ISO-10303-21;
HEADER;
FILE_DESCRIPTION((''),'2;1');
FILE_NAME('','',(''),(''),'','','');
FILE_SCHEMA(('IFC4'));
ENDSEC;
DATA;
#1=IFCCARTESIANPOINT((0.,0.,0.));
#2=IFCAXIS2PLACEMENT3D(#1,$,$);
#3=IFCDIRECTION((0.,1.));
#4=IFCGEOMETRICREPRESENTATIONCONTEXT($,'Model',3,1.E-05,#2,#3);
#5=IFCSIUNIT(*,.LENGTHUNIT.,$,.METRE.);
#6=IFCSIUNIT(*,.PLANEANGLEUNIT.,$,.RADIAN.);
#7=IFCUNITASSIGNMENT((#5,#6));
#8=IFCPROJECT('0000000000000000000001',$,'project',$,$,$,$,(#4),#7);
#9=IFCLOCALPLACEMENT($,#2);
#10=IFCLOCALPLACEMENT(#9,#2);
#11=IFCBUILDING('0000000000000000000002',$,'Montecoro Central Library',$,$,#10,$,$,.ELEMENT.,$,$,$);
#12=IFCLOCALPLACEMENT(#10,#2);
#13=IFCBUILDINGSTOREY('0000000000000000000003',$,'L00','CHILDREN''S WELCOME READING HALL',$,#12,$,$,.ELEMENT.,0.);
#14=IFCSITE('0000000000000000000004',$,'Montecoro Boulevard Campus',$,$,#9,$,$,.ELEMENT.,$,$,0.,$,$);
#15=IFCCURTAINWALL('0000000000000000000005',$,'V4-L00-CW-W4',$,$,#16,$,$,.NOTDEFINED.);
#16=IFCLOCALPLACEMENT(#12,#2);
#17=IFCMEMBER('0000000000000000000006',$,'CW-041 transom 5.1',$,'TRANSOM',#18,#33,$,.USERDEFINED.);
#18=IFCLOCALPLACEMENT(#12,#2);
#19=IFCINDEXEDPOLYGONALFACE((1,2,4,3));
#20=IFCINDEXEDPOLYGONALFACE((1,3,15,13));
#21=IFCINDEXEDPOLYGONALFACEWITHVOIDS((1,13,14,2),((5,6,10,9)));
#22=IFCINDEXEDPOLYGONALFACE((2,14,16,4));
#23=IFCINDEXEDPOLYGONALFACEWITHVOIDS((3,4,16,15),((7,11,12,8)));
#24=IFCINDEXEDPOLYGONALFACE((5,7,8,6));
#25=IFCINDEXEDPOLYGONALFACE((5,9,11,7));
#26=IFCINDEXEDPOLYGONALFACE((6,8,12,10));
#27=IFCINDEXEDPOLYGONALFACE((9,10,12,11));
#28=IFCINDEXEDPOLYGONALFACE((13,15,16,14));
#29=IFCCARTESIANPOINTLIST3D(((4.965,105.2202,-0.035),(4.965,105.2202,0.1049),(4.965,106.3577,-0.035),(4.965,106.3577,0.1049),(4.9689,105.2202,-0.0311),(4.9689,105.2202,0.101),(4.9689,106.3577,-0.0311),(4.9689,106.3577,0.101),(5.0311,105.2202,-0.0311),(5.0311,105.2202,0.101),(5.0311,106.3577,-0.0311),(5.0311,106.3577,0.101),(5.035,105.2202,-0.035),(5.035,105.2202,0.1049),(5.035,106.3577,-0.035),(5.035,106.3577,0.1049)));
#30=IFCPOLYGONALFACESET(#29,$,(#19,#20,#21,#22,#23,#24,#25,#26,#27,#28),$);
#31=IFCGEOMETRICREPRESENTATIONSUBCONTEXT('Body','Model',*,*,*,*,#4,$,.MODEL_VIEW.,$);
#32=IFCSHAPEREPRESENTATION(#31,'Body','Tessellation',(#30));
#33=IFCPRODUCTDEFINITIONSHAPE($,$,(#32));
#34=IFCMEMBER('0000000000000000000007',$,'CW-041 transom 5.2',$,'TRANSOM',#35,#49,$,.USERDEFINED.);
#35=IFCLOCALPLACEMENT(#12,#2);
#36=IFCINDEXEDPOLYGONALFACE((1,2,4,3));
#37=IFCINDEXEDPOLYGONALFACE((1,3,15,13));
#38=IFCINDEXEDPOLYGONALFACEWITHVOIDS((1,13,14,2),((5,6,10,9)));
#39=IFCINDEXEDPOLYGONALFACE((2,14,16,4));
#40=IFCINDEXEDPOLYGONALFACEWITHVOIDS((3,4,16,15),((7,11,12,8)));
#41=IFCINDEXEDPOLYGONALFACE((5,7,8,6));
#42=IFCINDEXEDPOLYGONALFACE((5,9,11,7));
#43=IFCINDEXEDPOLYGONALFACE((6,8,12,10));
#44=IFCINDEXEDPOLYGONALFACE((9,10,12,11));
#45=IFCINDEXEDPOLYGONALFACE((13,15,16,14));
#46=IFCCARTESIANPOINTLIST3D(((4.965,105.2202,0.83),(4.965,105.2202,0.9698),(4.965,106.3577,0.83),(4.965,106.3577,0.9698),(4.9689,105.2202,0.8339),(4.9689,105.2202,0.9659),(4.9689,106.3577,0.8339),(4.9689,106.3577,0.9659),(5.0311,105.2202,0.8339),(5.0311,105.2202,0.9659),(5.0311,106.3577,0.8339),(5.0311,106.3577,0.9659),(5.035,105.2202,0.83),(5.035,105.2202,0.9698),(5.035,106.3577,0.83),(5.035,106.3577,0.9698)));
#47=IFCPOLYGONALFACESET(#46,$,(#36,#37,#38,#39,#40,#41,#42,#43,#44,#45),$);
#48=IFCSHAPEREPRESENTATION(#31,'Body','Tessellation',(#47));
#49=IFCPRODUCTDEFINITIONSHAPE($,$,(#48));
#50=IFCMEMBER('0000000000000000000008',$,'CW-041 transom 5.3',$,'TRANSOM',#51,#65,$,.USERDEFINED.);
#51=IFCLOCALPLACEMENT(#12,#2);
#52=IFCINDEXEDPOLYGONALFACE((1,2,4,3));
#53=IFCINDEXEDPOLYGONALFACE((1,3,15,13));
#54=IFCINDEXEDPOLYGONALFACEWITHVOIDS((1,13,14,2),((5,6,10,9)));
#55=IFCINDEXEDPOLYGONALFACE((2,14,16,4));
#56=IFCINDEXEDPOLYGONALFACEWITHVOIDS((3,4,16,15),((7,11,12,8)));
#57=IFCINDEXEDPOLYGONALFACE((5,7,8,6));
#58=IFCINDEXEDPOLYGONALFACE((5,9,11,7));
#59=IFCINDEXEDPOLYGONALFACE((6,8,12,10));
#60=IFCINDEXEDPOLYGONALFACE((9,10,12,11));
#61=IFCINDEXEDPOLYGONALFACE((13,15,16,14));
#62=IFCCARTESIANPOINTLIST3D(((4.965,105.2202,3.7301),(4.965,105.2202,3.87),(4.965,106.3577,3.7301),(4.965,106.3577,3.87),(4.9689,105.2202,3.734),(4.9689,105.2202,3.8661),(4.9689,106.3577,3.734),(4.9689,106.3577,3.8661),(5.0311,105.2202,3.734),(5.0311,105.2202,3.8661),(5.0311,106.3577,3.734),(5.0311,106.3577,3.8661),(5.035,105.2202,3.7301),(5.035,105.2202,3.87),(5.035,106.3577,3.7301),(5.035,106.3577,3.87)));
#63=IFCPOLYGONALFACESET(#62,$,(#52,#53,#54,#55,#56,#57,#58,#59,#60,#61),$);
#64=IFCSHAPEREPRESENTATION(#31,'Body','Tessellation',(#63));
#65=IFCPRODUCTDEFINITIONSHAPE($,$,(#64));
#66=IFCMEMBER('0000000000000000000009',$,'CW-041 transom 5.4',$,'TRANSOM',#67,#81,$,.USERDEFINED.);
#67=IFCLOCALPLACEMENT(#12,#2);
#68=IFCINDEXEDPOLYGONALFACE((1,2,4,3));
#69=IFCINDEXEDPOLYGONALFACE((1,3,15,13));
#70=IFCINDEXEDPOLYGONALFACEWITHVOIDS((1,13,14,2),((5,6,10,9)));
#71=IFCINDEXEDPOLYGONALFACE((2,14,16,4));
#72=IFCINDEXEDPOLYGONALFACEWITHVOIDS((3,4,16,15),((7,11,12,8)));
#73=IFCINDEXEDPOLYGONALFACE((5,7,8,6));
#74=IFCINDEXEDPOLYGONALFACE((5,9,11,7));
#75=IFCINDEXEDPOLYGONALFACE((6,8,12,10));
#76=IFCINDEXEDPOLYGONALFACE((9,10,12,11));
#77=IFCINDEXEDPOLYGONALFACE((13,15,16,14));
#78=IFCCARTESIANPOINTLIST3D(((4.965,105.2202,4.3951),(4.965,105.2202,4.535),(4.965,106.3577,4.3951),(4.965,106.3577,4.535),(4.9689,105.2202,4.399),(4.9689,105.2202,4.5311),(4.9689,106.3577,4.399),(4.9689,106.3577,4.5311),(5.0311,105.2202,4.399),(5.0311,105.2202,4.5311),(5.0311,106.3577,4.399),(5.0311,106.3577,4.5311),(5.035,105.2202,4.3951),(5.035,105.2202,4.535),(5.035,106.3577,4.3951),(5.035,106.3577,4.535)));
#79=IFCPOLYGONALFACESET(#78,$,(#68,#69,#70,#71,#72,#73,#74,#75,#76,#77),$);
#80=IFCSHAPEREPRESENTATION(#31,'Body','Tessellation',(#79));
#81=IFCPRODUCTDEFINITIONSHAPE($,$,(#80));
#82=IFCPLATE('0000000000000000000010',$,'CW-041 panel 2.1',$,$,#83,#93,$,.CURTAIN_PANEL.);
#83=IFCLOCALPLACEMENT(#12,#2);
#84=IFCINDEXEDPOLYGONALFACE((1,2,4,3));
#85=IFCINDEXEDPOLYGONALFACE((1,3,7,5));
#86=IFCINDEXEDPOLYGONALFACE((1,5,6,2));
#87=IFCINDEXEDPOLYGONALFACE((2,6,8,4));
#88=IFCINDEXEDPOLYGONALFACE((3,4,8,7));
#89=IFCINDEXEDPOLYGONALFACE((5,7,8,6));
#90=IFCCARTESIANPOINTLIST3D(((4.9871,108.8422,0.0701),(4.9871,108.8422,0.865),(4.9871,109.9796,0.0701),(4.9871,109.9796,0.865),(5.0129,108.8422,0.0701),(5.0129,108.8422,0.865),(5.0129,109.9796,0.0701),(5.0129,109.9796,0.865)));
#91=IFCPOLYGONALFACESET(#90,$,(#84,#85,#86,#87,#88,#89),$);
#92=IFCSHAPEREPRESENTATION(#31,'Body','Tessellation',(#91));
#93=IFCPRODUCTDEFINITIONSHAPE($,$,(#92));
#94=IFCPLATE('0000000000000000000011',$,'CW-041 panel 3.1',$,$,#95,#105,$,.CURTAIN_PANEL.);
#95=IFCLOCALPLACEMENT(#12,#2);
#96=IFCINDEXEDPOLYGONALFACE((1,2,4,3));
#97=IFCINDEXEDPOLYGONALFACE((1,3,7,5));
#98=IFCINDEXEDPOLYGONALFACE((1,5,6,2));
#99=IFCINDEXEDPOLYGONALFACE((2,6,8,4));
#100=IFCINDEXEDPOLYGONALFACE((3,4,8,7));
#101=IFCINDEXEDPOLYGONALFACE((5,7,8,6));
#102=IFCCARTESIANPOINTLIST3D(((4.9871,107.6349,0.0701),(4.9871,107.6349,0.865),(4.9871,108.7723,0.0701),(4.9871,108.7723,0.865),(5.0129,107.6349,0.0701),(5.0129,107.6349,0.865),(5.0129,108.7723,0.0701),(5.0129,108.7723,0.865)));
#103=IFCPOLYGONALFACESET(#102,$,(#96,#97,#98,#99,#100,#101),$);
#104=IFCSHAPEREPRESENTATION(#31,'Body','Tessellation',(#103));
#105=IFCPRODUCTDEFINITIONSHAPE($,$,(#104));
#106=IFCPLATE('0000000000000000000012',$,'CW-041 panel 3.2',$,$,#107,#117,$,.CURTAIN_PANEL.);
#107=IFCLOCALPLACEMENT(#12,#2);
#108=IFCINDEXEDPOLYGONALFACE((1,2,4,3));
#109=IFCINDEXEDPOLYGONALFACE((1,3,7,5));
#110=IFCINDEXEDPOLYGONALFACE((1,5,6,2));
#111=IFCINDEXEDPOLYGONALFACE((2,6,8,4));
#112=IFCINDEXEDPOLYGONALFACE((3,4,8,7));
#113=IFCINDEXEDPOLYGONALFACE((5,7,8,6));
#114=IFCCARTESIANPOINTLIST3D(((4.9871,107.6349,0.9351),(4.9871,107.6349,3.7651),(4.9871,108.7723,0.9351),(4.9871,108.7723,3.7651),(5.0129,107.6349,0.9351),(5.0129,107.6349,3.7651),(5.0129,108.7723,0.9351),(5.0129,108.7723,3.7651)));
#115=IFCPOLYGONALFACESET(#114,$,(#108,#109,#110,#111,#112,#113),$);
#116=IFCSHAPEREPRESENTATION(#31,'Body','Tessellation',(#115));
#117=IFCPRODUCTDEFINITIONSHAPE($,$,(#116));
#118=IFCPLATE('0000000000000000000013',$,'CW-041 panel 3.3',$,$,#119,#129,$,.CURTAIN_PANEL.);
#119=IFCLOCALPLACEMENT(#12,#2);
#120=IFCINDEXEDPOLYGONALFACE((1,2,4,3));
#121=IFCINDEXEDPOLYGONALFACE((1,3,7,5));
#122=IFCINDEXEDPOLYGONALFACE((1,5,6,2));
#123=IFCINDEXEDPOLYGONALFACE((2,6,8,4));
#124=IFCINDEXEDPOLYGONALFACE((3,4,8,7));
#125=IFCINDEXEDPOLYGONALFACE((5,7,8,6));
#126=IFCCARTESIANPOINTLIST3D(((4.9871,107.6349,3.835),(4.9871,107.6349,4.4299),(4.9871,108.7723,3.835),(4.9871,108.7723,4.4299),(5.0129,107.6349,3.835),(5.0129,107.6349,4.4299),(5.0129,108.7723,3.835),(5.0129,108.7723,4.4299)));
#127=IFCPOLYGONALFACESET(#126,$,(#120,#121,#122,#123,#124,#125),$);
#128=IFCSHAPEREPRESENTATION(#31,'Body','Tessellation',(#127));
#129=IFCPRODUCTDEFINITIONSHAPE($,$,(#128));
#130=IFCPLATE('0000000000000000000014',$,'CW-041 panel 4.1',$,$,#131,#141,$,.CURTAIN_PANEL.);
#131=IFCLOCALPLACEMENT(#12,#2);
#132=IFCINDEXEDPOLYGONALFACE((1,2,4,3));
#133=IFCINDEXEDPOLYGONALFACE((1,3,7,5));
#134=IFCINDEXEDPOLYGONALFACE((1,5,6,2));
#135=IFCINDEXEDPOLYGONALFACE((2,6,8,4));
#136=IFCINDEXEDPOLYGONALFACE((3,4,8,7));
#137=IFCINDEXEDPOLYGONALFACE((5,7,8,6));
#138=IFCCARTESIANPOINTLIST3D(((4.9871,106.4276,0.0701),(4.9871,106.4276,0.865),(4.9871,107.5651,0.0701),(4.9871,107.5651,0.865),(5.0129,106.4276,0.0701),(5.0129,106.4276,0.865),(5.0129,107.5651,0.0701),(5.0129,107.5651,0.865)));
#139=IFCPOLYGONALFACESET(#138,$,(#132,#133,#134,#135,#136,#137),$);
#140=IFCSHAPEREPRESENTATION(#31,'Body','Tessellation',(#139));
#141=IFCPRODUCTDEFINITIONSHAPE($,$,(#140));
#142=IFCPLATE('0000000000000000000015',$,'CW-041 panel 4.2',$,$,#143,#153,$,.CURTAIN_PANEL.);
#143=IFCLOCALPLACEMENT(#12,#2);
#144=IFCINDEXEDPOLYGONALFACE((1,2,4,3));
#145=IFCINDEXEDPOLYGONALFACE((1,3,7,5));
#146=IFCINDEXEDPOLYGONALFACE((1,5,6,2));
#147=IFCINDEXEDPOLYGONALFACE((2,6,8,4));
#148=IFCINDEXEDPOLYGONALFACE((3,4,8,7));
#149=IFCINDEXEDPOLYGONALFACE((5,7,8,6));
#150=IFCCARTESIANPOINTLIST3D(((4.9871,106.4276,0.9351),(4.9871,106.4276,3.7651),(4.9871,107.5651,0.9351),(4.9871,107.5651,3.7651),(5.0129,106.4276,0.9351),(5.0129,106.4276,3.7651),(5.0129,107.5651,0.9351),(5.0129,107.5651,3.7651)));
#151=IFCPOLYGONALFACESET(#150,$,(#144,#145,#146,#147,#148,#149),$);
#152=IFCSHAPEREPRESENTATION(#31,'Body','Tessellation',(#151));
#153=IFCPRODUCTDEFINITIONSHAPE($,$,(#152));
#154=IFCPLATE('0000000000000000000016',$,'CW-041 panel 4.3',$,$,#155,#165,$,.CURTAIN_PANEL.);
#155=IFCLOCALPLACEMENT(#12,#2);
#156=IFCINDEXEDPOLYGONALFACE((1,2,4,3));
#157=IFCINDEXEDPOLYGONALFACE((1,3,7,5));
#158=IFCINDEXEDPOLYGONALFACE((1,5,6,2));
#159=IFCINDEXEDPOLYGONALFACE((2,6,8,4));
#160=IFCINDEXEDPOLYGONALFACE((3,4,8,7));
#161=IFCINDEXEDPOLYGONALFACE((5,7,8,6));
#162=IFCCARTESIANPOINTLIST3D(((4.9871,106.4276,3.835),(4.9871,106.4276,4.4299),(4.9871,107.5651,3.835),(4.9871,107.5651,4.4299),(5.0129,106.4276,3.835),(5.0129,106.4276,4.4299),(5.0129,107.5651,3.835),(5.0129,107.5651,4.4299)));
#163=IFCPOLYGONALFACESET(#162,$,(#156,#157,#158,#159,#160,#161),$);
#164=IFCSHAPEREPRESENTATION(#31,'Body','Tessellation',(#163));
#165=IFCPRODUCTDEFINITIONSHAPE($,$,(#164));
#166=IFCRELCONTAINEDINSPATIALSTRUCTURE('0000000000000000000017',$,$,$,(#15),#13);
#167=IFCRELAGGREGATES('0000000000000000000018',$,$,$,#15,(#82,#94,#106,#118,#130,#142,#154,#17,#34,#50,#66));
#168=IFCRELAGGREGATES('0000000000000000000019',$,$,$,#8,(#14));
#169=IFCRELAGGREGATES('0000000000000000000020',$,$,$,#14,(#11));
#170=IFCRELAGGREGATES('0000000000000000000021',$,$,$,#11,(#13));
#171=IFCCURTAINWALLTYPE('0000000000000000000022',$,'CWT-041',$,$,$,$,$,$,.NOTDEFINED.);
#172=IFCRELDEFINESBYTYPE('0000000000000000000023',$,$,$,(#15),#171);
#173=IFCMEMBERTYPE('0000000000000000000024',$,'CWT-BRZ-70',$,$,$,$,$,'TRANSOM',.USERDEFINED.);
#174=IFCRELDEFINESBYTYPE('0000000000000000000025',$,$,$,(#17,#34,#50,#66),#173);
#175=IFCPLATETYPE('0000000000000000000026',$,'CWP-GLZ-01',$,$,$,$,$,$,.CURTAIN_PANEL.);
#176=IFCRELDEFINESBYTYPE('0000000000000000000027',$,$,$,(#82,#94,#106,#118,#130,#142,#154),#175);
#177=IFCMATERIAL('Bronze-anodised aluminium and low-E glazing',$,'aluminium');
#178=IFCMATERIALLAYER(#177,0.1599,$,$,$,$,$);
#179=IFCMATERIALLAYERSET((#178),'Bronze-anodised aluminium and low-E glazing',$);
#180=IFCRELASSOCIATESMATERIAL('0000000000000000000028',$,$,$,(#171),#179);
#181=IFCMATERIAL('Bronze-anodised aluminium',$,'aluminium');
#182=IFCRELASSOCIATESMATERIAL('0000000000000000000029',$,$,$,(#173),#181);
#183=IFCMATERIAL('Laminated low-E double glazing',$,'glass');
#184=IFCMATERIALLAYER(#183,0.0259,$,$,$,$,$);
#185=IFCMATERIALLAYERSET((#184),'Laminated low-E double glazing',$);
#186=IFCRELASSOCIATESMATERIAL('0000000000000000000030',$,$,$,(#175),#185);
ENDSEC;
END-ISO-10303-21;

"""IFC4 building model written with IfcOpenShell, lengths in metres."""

from ifc_helpers import new_model, si_unit, direction, frame, origin, origin_2d, place, context, subcontext, project, spatial, rectangle, hollow_rectangle, extrude, material, layer, layer_set, material_profile, profile_set, type_object, element, aggregate, save


model = new_model("IFC4")

# Units and contexts
model_context = context("Model", 3, precision=1e-05, world=origin(), true_north=direction((0.0, 1.0)))
body_context = subcontext(model_context, "Body", "Model", "MODEL_VIEW")
ifc_project = project(units=[si_unit("LENGTHUNIT", "METRE"), si_unit("PLANEANGLEUNIT", "RADIAN")], contexts=[model_context])

# Site, building, storey
site_placement = place(None, origin())
site = spatial("IfcSite", under=ifc_project, at=site_placement, Name="Montecoro Boulevard Campus", CompositionType="ELEMENT", RefElevation=0.0)
building_placement = place(site_placement, origin())
building = spatial("IfcBuilding", under=site, at=building_placement, Name="Montecoro Central Library", CompositionType="ELEMENT")
storey_placement = place(building_placement, origin())
storey = spatial("IfcBuildingStorey", under=building, at=storey_placement, Name="L00", Description="CHILDREN'S WELCOME READING HALL", CompositionType="ELEMENT", Elevation=0.0)

# Curtain wall, members, plates
ifc_material_1 = material(Name="Bronze-anodised aluminium and low-E glazing", Category="aluminium")
ifc_layer_1 = layer(ifc_material_1, 0.1599)
ifc_layer_set_1 = layer_set([ifc_layer_1], Name="Bronze-anodised aluminium and low-E glazing")
curtain_wall_type = type_object("IfcCurtainWallType", Name="CWT-041", PredefinedType="NOTDEFINED", material=ifc_layer_set_1)
curtain_wall_placement = place(storey_placement, origin())
curtain_wall = element("IfcCurtainWall", 1, at=curtain_wall_placement, inside=storey, type_object=curtain_wall_type, Name="V4-L00-CW-W4", PredefinedType="NOTDEFINED")
ifc_material_2 = material(Name="Bronze-anodised aluminium", Category="aluminium")
ifc_material_profile_1 = material_profile(ifc_material_2, hollow_rectangle(XDim=0.0701, YDim=0.1399, WallThickness=0.0039, at=origin_2d()), Name="CWT 140x70x4.0")
ifc_profile_set_1 = profile_set([ifc_material_profile_1], Name="Bronze-anodised aluminium")
member_type_1 = type_object("IfcMemberType", Name="CWT-BRZ-70", ElementType="TRANSOM", PredefinedType="USERDEFINED", material=ifc_profile_set_1)
member_1_placement = place(storey_placement, frame((5.0, 106.3577, 0.0349), z_axis=(0.0, -1.0, 0.0), x_axis=(1.0, 0.0, 0.0)))
member_1 = element("IfcMember", 2, at=member_1_placement, type_object=member_type_1, Name="CW-041 transom 5.1", ObjectType="TRANSOM", PredefinedType="USERDEFINED", context=body_context, shape_type="SweptSolid", body=[
    extrude(hollow_rectangle(XDim=0.0701, YDim=0.1399, WallThickness=0.0039, at=origin_2d()), origin(), (0.0, 0.0, 1.0), 1.1375),
])
member_2_placement = place(storey_placement, frame((5.0, 106.3577, 0.8999), z_axis=(0.0, -1.0, 0.0), x_axis=(1.0, 0.0, 0.0)))
member_2 = element("IfcMember", 3, at=member_2_placement, type_object=member_type_1, Name="CW-041 transom 5.2", ObjectType="TRANSOM", PredefinedType="USERDEFINED", context=body_context, shape_type="SweptSolid", body=[
    extrude(hollow_rectangle(XDim=0.0701, YDim=0.1399, WallThickness=0.0039, at=origin_2d()), origin(), (0.0, 0.0, 1.0), 1.1375),
])
member_3_placement = place(storey_placement, frame((5.0, 106.3577, 3.8), z_axis=(0.0, -1.0, 0.0), x_axis=(1.0, 0.0, 0.0)))
member_3 = element("IfcMember", 4, at=member_3_placement, type_object=member_type_1, Name="CW-041 transom 5.3", ObjectType="TRANSOM", PredefinedType="USERDEFINED", context=body_context, shape_type="SweptSolid", body=[
    extrude(hollow_rectangle(XDim=0.0701, YDim=0.1399, WallThickness=0.0039, at=origin_2d()), origin(), (0.0, 0.0, 1.0), 1.1375),
])
member_4_placement = place(storey_placement, frame((5.0, 106.3577, 4.4651), z_axis=(0.0, -1.0, 0.0), x_axis=(1.0, 0.0, 0.0)))
member_4 = element("IfcMember", 5, at=member_4_placement, type_object=member_type_1, Name="CW-041 transom 5.4", ObjectType="TRANSOM", PredefinedType="USERDEFINED", context=body_context, shape_type="SweptSolid", body=[
    extrude(hollow_rectangle(XDim=0.0701, YDim=0.1399, WallThickness=0.0039, at=origin_2d()), origin(), (0.0, 0.0, 1.0), 1.1375),
])
ifc_material_3 = material(Name="Laminated low-E double glazing", Category="glass")
ifc_layer_2 = layer(ifc_material_3, 0.0259)
ifc_layer_set_2 = layer_set([ifc_layer_2], Name="Laminated low-E double glazing")
plate_type = type_object("IfcPlateType", Name="CWP-GLZ-01", PredefinedType="CURTAIN_PANEL", material=ifc_layer_set_2)
plate_1_placement = place(storey_placement, frame((5.0, 109.4109, 0.0701), z_axis=(0.0, 0.0, 1.0), x_axis=(0.0, -1.0, 0.0)))
plate_1 = element("IfcPlate", 6, at=plate_1_placement, type_object=plate_type, Name="CW-041 panel 2.1", PredefinedType="CURTAIN_PANEL", context=body_context, shape_type="SweptSolid", body=[
    extrude(rectangle(XDim=1.1375, YDim=0.0259, at=origin_2d()), origin(), (0.0, 0.0, 1.0), 0.7949),
])
plate_2_placement = place(storey_placement, frame((5.0, 108.2036, 0.0701), z_axis=(0.0, 0.0, 1.0), x_axis=(0.0, -1.0, 0.0)))
plate_2 = element("IfcPlate", 7, at=plate_2_placement, type_object=plate_type, Name="CW-041 panel 3.1", PredefinedType="CURTAIN_PANEL", context=body_context, shape_type="SweptSolid", body=[
    extrude(rectangle(XDim=1.1375, YDim=0.0259, at=origin_2d()), origin(), (0.0, 0.0, 1.0), 0.7949),
])
plate_3_placement = place(storey_placement, frame((5.0, 108.2036, 0.9351), z_axis=(0.0, 0.0, 1.0), x_axis=(0.0, -1.0, 0.0)))
plate_3 = element("IfcPlate", 8, at=plate_3_placement, type_object=plate_type, Name="CW-041 panel 3.2", PredefinedType="CURTAIN_PANEL", context=body_context, shape_type="SweptSolid", body=[
    extrude(rectangle(XDim=1.1375, YDim=0.0259, at=origin_2d()), origin(), (0.0, 0.0, 1.0), 2.8301),
])
plate_4_placement = place(storey_placement, frame((5.0, 108.2036, 3.835), z_axis=(0.0, 0.0, 1.0), x_axis=(0.0, -1.0, 0.0)))
plate_4 = element("IfcPlate", 9, at=plate_4_placement, type_object=plate_type, Name="CW-041 panel 3.3", PredefinedType="CURTAIN_PANEL", context=body_context, shape_type="SweptSolid", body=[
    extrude(rectangle(XDim=1.1375, YDim=0.0259, at=origin_2d()), origin(), (0.0, 0.0, 1.0), 0.595),
])
plate_5_placement = place(storey_placement, frame((5.0, 106.9963, 0.0701), z_axis=(0.0, 0.0, 1.0), x_axis=(0.0, -1.0, 0.0)))
plate_5 = element("IfcPlate", 10, at=plate_5_placement, type_object=plate_type, Name="CW-041 panel 4.1", PredefinedType="CURTAIN_PANEL", context=body_context, shape_type="SweptSolid", body=[
    extrude(rectangle(XDim=1.1375, YDim=0.0259, at=origin_2d()), origin(), (0.0, 0.0, 1.0), 0.7949),
])
plate_6_placement = place(storey_placement, frame((5.0, 106.9963, 0.9351), z_axis=(0.0, 0.0, 1.0), x_axis=(0.0, -1.0, 0.0)))
plate_6 = element("IfcPlate", 11, at=plate_6_placement, type_object=plate_type, Name="CW-041 panel 4.2", PredefinedType="CURTAIN_PANEL", context=body_context, shape_type="SweptSolid", body=[
    extrude(rectangle(XDim=1.1375, YDim=0.0259, at=origin_2d()), origin(), (0.0, 0.0, 1.0), 2.8301),
])
plate_7_placement = place(storey_placement, frame((5.0, 106.9963, 3.835), z_axis=(0.0, 0.0, 1.0), x_axis=(0.0, -1.0, 0.0)))
plate_7 = element("IfcPlate", 12, at=plate_7_placement, type_object=plate_type, Name="CW-041 panel 4.3", PredefinedType="CURTAIN_PANEL", context=body_context, shape_type="SweptSolid", body=[
    extrude(rectangle(XDim=1.1375, YDim=0.0259, at=origin_2d()), origin(), (0.0, 0.0, 1.0), 0.595),
])
aggregate(curtain_wall, [plate_1, plate_2, plate_3, plate_4, plate_5, plate_6, plate_7, member_1, member_2, member_3, member_4])

save(model, "model.ifc")
